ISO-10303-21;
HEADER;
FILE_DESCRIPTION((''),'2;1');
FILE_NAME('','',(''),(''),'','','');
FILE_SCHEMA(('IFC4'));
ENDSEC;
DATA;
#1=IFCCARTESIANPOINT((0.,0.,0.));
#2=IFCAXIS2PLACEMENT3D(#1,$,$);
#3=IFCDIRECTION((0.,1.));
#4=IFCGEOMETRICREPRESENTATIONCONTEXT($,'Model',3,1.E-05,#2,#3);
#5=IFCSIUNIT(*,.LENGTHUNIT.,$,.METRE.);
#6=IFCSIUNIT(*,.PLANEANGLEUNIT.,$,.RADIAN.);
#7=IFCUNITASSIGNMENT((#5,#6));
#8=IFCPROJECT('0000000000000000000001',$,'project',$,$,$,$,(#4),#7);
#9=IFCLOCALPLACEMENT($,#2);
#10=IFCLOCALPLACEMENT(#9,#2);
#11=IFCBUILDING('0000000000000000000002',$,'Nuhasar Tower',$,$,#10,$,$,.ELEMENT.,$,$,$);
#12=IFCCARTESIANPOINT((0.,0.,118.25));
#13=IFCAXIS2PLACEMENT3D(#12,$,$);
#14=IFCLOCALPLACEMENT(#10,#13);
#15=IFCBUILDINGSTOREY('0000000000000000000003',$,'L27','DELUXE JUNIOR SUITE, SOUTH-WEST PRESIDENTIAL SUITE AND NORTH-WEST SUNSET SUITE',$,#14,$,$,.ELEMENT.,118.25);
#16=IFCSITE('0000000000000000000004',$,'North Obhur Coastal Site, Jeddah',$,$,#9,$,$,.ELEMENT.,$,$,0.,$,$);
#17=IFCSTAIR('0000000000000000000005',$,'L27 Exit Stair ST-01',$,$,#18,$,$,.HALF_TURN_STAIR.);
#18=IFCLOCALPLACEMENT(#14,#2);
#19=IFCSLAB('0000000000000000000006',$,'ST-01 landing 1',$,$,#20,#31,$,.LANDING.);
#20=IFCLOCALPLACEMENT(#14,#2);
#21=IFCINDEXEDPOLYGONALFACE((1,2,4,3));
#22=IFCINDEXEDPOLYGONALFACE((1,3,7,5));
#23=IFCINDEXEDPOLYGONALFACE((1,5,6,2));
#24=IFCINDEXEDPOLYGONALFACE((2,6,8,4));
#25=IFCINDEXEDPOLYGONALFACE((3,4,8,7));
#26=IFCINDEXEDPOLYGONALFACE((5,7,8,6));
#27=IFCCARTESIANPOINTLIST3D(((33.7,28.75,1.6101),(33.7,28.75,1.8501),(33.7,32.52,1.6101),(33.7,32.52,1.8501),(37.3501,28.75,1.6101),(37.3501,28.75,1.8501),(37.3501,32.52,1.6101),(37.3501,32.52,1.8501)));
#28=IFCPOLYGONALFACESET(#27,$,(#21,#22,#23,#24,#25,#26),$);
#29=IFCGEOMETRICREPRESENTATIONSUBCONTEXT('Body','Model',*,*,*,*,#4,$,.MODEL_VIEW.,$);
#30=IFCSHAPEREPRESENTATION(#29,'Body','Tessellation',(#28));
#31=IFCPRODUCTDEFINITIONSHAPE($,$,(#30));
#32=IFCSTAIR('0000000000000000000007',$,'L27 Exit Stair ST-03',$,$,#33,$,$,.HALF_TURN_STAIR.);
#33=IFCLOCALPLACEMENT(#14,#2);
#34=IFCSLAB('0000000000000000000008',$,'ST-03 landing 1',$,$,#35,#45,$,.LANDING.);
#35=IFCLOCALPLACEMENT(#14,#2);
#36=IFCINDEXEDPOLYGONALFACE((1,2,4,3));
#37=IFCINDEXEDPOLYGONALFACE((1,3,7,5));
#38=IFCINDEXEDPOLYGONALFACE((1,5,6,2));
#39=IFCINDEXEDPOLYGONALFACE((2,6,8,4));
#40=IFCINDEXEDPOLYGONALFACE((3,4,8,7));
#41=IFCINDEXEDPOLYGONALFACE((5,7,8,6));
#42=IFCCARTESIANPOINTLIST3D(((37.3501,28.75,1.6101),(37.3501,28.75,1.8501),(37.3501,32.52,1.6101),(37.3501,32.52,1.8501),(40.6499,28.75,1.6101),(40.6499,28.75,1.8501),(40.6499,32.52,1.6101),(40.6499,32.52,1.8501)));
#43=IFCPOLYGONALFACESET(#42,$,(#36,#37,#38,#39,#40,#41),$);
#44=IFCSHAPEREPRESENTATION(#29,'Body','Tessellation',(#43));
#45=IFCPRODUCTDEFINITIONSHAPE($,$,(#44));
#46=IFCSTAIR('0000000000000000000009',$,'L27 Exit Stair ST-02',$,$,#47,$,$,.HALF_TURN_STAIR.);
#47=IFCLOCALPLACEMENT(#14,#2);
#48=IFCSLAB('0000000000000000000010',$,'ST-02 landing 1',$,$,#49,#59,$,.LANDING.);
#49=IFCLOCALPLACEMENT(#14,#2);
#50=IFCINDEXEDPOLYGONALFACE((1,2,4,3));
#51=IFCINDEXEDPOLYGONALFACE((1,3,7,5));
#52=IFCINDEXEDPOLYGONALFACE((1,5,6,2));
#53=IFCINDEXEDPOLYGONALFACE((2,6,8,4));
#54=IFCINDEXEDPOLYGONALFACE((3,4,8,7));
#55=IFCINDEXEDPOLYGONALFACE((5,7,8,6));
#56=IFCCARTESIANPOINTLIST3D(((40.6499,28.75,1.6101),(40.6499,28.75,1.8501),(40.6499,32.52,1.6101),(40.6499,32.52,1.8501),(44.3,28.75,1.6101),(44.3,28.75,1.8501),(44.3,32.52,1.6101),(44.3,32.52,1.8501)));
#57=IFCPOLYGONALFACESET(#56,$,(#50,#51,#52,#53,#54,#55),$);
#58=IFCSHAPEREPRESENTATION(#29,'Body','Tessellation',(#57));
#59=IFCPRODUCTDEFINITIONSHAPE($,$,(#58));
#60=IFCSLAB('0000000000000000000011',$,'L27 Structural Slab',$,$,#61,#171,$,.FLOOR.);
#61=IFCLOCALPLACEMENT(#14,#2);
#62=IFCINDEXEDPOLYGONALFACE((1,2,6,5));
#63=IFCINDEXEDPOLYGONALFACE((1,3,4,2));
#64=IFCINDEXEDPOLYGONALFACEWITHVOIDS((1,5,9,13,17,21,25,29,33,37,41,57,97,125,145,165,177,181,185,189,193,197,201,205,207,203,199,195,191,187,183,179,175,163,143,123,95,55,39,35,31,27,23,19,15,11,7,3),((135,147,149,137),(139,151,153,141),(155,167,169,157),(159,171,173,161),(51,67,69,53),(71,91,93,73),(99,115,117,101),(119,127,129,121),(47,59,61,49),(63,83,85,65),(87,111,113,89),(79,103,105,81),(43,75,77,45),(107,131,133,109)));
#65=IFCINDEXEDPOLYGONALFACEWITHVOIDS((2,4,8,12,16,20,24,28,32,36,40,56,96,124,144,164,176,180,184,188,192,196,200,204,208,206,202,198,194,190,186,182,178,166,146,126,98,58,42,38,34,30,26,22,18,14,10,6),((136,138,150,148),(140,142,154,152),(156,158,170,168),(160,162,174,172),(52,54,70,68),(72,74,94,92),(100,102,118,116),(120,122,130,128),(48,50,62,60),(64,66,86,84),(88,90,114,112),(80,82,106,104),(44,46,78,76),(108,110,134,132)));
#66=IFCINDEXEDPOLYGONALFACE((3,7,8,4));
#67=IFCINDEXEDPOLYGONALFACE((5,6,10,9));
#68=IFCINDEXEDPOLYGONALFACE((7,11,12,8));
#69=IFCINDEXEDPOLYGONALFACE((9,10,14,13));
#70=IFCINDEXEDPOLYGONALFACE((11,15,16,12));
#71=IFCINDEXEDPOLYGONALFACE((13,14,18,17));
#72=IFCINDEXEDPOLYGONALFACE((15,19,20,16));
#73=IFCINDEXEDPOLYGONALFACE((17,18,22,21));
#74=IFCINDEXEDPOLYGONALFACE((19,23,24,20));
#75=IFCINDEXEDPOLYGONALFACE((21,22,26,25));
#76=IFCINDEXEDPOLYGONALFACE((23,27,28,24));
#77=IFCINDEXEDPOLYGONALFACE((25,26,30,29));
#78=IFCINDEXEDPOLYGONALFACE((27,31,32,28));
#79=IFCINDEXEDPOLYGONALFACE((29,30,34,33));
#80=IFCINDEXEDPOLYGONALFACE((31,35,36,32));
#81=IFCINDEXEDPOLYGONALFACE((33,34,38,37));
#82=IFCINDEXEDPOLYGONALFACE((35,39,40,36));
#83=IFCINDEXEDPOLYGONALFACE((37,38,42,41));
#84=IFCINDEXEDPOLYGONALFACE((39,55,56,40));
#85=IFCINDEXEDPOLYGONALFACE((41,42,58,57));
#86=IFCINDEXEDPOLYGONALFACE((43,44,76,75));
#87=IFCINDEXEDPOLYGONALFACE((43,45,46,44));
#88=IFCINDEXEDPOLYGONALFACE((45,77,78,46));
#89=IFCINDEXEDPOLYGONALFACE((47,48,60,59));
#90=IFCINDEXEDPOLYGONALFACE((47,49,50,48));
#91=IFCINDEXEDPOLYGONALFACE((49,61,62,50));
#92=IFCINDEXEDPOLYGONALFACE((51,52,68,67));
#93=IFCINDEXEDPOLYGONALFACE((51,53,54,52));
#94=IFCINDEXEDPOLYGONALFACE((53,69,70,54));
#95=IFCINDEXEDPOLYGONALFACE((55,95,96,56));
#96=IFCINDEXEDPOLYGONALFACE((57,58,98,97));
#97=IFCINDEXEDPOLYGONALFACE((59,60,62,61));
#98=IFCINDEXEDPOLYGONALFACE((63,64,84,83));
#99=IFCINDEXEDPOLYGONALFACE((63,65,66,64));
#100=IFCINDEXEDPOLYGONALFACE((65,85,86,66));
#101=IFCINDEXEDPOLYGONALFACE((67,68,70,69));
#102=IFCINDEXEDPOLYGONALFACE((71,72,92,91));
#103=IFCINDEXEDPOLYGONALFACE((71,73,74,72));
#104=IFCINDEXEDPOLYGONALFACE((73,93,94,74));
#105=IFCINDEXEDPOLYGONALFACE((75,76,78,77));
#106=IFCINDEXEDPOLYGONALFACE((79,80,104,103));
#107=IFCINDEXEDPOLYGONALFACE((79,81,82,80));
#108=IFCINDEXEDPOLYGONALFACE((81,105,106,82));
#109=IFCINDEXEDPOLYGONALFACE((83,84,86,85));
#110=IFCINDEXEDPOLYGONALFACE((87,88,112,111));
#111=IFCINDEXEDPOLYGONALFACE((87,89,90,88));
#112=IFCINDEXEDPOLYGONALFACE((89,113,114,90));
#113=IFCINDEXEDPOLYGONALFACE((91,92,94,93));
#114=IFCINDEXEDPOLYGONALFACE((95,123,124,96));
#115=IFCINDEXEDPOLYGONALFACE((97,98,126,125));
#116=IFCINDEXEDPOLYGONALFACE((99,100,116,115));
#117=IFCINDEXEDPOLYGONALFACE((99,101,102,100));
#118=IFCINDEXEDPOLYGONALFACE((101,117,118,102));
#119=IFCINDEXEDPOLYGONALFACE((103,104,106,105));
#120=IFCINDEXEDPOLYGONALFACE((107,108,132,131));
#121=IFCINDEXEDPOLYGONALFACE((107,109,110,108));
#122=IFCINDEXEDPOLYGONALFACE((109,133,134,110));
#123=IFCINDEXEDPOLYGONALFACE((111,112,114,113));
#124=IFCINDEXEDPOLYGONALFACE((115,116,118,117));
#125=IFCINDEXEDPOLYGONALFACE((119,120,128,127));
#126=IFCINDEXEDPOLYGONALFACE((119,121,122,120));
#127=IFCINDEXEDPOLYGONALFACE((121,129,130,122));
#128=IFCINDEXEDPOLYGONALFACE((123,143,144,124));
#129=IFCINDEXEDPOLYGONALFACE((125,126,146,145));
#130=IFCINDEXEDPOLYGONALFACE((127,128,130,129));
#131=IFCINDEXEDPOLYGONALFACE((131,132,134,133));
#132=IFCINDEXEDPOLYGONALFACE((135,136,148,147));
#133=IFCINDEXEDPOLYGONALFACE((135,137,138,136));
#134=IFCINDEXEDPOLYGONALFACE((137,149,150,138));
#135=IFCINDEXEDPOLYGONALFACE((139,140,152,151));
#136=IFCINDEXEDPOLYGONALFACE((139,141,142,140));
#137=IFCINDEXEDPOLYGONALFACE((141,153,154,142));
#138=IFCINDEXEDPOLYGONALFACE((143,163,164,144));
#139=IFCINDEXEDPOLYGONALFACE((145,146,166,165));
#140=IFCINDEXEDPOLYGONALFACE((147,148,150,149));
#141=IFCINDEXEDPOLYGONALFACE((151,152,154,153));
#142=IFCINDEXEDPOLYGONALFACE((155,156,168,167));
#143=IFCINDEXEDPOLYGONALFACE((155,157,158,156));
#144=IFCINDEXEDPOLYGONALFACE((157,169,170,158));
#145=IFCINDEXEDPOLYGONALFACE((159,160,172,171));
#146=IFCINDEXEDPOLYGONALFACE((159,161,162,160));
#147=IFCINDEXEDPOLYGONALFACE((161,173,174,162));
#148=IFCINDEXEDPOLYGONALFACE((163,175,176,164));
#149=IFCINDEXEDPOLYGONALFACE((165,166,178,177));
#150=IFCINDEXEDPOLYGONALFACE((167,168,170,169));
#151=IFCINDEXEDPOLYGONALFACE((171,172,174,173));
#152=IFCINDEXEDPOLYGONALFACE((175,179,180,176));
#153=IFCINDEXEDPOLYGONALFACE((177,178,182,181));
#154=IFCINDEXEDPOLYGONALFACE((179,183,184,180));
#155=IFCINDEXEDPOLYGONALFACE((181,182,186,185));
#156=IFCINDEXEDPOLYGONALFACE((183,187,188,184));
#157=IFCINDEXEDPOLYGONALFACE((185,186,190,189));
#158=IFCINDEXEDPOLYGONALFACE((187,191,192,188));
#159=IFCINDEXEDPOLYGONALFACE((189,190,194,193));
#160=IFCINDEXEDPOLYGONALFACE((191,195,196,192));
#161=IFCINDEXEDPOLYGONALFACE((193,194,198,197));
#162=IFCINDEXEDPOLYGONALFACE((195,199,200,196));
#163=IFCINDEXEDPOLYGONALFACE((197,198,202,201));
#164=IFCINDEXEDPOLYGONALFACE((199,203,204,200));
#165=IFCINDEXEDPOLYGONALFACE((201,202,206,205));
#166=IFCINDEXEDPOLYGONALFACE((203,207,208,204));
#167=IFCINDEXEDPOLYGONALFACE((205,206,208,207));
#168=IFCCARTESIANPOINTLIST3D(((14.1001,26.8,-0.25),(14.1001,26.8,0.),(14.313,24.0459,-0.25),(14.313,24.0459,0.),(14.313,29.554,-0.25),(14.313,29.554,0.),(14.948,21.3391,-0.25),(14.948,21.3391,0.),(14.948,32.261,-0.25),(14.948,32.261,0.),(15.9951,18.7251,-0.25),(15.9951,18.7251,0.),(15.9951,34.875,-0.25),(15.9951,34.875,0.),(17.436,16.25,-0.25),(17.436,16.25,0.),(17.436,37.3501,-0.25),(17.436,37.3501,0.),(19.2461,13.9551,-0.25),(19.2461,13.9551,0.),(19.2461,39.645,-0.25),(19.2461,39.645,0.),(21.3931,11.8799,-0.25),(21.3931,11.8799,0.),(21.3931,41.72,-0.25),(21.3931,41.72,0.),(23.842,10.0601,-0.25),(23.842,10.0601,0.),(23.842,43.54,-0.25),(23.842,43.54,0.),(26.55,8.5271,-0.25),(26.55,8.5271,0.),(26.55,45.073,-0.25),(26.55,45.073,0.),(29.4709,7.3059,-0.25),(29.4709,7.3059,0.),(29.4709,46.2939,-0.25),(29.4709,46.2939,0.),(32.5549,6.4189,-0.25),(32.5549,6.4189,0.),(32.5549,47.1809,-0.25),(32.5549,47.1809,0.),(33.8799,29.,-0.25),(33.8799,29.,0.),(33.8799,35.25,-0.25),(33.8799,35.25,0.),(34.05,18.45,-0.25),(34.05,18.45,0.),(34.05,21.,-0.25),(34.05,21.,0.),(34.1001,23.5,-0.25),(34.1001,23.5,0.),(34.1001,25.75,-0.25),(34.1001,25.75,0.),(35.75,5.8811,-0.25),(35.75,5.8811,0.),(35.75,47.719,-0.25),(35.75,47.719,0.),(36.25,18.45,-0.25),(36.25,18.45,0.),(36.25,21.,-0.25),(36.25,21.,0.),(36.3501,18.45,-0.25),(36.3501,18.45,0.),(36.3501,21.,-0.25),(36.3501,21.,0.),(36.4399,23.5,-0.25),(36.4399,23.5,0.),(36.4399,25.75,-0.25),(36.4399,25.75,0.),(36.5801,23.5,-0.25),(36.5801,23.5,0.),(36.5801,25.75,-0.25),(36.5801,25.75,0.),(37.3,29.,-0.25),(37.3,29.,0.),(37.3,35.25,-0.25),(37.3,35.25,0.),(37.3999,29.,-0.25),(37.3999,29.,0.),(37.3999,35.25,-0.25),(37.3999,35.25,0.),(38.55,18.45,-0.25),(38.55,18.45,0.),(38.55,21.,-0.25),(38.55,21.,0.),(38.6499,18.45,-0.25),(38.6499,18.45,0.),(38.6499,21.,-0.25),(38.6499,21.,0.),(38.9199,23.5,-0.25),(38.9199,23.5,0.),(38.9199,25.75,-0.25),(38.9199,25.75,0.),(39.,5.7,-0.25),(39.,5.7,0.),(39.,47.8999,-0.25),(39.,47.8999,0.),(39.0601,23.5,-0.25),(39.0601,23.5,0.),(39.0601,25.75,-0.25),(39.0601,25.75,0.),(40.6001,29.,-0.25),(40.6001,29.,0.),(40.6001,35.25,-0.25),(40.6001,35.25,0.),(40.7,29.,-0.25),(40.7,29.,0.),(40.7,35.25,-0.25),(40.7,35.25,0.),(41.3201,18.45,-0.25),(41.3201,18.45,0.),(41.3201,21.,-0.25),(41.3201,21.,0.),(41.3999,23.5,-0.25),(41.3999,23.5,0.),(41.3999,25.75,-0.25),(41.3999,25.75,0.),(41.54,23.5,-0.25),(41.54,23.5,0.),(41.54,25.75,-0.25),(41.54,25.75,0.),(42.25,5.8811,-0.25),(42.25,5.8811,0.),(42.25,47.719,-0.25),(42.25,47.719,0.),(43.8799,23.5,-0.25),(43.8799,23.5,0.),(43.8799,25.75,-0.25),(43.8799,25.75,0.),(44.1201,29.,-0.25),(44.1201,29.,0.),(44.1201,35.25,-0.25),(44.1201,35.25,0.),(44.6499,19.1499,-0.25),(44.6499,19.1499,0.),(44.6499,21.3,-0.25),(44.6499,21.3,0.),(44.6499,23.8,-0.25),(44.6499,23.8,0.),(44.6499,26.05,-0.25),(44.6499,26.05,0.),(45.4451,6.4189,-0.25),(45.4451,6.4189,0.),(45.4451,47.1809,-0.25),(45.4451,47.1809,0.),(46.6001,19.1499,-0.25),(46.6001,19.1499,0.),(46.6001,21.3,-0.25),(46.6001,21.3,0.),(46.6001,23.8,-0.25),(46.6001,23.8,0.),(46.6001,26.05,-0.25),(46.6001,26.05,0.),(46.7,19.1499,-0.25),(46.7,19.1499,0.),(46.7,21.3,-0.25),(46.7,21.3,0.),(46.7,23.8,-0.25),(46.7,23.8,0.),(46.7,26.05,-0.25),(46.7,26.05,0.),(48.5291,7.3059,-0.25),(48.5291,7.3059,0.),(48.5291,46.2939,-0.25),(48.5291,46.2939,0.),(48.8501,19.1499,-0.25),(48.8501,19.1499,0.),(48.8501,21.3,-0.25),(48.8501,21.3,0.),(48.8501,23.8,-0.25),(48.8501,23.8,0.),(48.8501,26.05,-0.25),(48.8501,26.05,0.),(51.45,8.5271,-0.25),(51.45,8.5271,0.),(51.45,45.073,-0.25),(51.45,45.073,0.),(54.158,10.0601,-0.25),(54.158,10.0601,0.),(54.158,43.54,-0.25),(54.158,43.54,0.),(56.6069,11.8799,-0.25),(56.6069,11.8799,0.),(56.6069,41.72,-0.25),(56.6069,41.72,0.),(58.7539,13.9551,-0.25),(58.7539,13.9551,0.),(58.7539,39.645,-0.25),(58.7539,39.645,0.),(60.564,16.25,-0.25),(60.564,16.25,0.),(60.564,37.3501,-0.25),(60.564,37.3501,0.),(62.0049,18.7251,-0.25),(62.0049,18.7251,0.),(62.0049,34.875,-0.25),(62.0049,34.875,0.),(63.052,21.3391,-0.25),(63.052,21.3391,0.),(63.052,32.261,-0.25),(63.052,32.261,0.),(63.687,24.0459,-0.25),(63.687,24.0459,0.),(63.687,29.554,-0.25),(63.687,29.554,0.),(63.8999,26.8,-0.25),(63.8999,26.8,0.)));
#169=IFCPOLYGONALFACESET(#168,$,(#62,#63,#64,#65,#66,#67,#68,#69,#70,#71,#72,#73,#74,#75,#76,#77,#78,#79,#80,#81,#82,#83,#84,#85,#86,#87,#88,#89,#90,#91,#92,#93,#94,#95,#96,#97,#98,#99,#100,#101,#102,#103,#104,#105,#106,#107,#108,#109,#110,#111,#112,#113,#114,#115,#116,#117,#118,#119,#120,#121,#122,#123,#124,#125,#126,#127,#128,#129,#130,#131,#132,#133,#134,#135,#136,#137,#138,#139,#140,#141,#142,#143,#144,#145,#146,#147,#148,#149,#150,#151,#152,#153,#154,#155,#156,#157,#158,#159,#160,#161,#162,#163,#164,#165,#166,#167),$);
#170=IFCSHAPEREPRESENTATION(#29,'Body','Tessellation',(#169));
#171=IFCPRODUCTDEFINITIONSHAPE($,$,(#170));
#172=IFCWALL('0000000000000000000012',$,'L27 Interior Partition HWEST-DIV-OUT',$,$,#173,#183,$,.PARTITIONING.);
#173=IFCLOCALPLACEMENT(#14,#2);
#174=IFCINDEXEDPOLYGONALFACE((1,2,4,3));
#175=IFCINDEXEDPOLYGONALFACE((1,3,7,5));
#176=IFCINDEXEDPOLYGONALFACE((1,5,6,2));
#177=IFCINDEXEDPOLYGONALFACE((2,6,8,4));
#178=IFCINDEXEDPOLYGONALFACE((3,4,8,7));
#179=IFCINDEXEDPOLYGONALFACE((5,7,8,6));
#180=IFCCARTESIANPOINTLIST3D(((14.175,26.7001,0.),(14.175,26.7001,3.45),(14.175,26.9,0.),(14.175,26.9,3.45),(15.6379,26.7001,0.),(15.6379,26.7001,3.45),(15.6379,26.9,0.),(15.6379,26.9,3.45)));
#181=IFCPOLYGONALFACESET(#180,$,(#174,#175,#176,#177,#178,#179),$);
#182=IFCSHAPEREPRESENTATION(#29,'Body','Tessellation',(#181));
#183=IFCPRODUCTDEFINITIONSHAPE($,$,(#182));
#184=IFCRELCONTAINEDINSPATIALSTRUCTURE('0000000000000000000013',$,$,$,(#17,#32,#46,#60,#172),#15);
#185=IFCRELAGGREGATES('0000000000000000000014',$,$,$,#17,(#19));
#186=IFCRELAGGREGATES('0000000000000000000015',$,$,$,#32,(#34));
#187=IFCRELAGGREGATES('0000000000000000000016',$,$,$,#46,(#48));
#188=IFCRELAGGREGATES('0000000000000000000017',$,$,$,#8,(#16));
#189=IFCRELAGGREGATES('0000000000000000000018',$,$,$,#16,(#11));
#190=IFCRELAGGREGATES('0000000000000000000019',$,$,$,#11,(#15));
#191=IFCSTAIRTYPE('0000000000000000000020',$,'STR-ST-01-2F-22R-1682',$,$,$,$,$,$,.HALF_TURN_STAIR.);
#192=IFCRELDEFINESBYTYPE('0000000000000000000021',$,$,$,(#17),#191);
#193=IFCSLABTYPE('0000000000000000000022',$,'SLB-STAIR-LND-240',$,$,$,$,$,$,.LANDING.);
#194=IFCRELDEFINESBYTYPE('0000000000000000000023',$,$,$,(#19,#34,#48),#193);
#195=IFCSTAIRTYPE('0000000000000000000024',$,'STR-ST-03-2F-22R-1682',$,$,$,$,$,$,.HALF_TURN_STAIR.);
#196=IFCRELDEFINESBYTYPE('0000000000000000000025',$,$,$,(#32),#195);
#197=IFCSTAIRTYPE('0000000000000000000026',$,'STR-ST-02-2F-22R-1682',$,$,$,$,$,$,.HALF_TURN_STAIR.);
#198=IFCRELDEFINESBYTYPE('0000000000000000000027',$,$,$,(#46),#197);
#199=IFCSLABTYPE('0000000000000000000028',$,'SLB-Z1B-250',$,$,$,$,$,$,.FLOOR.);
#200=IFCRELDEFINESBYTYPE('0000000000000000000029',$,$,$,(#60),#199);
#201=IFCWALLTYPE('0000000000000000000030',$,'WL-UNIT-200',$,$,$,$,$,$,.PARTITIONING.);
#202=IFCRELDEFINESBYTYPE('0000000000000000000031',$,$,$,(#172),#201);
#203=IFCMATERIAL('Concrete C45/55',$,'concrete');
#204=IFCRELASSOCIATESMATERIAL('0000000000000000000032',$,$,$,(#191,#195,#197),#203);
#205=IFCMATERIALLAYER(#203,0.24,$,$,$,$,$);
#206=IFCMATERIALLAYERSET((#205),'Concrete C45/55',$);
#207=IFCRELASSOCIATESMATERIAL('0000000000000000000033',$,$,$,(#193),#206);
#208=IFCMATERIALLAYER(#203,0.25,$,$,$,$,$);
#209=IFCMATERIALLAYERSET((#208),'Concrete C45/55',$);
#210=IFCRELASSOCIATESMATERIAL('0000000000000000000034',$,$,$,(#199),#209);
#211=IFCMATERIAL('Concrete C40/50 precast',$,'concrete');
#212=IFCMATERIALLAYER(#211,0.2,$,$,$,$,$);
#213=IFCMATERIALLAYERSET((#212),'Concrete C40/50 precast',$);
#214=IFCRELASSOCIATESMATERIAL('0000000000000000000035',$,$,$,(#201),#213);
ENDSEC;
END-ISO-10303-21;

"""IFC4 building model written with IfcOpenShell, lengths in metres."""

from ifc_helpers import new_model, si_unit, direction, frame, frame_2d, origin, place, context, subcontext, project, spatial, polyline, rectangle, outline, extrude, material, layer, layer_set, type_object, element, aggregate, save


model = new_model("IFC4")

# Units and contexts
model_context = context("Model", 3, precision=1e-05, world=origin(), true_north=direction((0.0, 1.0)))
body_context = subcontext(model_context, "Body", "Model", "MODEL_VIEW")
ifc_project = project(units=[si_unit("LENGTHUNIT", "METRE"), si_unit("PLANEANGLEUNIT", "RADIAN")], contexts=[model_context])

# Site, building, storey
site_placement = place(None, origin())
site = spatial("IfcSite", under=ifc_project, at=site_placement, Name="North Obhur Coastal Site, Jeddah", CompositionType="ELEMENT", RefElevation=0.0)
building_placement = place(site_placement, origin())
building = spatial("IfcBuilding", under=site, at=building_placement, Name="Nuhasar Tower", CompositionType="ELEMENT")
storey_placement = place(building_placement, frame((0.0, 0.0, 118.25)))
storey = spatial("IfcBuildingStorey", under=building, at=storey_placement, Name="L27", Description="DELUXE JUNIOR SUITE, SOUTH-WEST PRESIDENTIAL SUITE AND NORTH-WEST SUNSET SUITE", CompositionType="ELEMENT", Elevation=118.25)

# Stairs, slabs
ifc_material_1 = material(Name="Concrete C45/55", Category="concrete")
stair_type_1 = type_object("IfcStairType", Name="STR-ST-01-2F-22R-1682", PredefinedType="HALF_TURN_STAIR", material=ifc_material_1)
stair_1_placement = place(storey_placement, origin())
stair_1 = element("IfcStair", 1, at=stair_1_placement, inside=storey, type_object=stair_type_1, Name="L27 Exit Stair ST-01", PredefinedType="HALF_TURN_STAIR")
ifc_layer_1 = layer(ifc_material_1, 0.24)
ifc_layer_set_1 = layer_set([ifc_layer_1], Name="Concrete C45/55")
slab_type_1 = type_object("IfcSlabType", Name="SLB-STAIR-LND-240", PredefinedType="LANDING", material=ifc_layer_set_1)
slab_1_placement = place(storey_placement, frame((0.0, 0.0, 1.6101)))
slab_1 = element("IfcSlab", 2, at=slab_1_placement, type_object=slab_type_1, Name="ST-01 landing 1", PredefinedType="LANDING", context=body_context, shape_type="SweptSolid", body=[
    extrude(outline(polyline([(33.7, 28.75), (37.3501, 28.75), (37.3501, 32.52), (33.7, 32.52), (33.7, 28.75)])), origin(), (0.0, 0.0, 1.0), 0.24),
])
aggregate(stair_1, [slab_1])
stair_type_2 = type_object("IfcStairType", Name="STR-ST-03-2F-22R-1682", PredefinedType="HALF_TURN_STAIR", material=ifc_material_1)
stair_2_placement = place(storey_placement, origin())
stair_2 = element("IfcStair", 3, at=stair_2_placement, inside=storey, type_object=stair_type_2, Name="L27 Exit Stair ST-03", PredefinedType="HALF_TURN_STAIR")
slab_2_placement = place(storey_placement, frame((0.0, 0.0, 1.6101)))
slab_2 = element("IfcSlab", 4, at=slab_2_placement, type_object=slab_type_1, Name="ST-03 landing 1", PredefinedType="LANDING", context=body_context, shape_type="SweptSolid", body=[
    extrude(outline(polyline([(37.3501, 28.75), (40.6499, 28.75), (40.6499, 32.52), (37.3501, 32.52), (37.3501, 28.75)])), origin(), (0.0, 0.0, 1.0), 0.24),
])
aggregate(stair_2, [slab_2])
stair_type_3 = type_object("IfcStairType", Name="STR-ST-02-2F-22R-1682", PredefinedType="HALF_TURN_STAIR", material=ifc_material_1)
stair_3_placement = place(storey_placement, origin())
stair_3 = element("IfcStair", 5, at=stair_3_placement, inside=storey, type_object=stair_type_3, Name="L27 Exit Stair ST-02", PredefinedType="HALF_TURN_STAIR")
slab_3_placement = place(storey_placement, frame((0.0, 0.0, 1.6101)))
slab_3 = element("IfcSlab", 6, at=slab_3_placement, type_object=slab_type_1, Name="ST-02 landing 1", PredefinedType="LANDING", context=body_context, shape_type="SweptSolid", body=[
    extrude(outline(polyline([(40.6499, 28.75), (44.3, 28.75), (44.3, 32.52), (40.6499, 32.52), (40.6499, 28.75)])), origin(), (0.0, 0.0, 1.0), 0.24),
])
aggregate(stair_3, [slab_3])

# Slab
ifc_layer_2 = layer(ifc_material_1, 0.25)
ifc_layer_set_2 = layer_set([ifc_layer_2], Name="Concrete C45/55")
slab_type_2 = type_object("IfcSlabType", Name="SLB-Z1B-250", PredefinedType="FLOOR", material=ifc_layer_set_2)
slab_4_placement = place(storey_placement, frame((0.0, 0.0, -0.25)))
element("IfcSlab", 7, at=slab_4_placement, inside=storey, type_object=slab_type_2, Name="L27 Structural Slab", PredefinedType="FLOOR", context=body_context, shape_type="SweptSolid", body=[
    extrude(outline(polyline([(63.8999, 26.8), (63.687, 29.554), (63.052, 32.261), (62.0049, 34.875), (60.564, 37.3501), (58.7539, 39.645), (56.6069, 41.72), (54.158, 43.54), (51.45, 45.073), (48.5291, 46.2939), (45.4451, 47.1809), (42.25, 47.719), (39.0, 47.8999), (35.75, 47.719), (32.5549, 47.1809), (29.4709, 46.2939), (26.55, 45.073), (23.842, 43.54), (21.3931, 41.72), (19.2461, 39.645), (17.436, 37.3501), (15.9951, 34.875), (14.948, 32.261), (14.313, 29.554), (14.1001, 26.8), (14.313, 24.0459), (14.948, 21.3391), (15.9951, 18.7251), (17.436, 16.25), (19.2461, 13.9551), (21.3931, 11.8799), (23.842, 10.0601), (26.55, 8.5271), (29.4709, 7.3059), (32.5549, 6.4189), (35.75, 5.8811), (39.0, 5.7), (42.25, 5.8811), (45.4451, 6.4189), (48.5291, 7.3059), (51.45, 8.5271), (54.158, 10.0601), (56.6069, 11.8799), (58.7539, 13.9551), (60.564, 16.25), (62.0049, 18.7251), (63.052, 21.3391), (63.687, 24.0459), (63.8999, 26.8)]), holes=[polyline([(33.8799, 35.25), (37.3, 35.25), (37.3, 29.0), (33.8799, 29.0), (33.8799, 35.25)]), polyline([(37.3999, 35.25), (40.6001, 35.25), (40.6001, 29.0), (37.3999, 29.0), (37.3999, 35.25)]), polyline([(40.7, 35.25), (44.1201, 35.25), (44.1201, 29.0), (40.7, 29.0), (40.7, 35.25)]), polyline([(44.6499, 26.05), (46.6001, 26.05), (46.6001, 23.8), (44.6499, 23.8), (44.6499, 26.05)]), polyline([(46.7, 26.05), (48.8501, 26.05), (48.8501, 23.8), (46.7, 23.8), (46.7, 26.05)]), polyline([(44.6499, 21.3), (46.6001, 21.3), (46.6001, 19.1499), (44.6499, 19.1499), (44.6499, 21.3)]), polyline([(46.7, 21.3), (48.8501, 21.3), (48.8501, 19.1499), (46.7, 19.1499), (46.7, 21.3)]), polyline([(34.1001, 25.75), (36.4399, 25.75), (36.4399, 23.5), (34.1001, 23.5), (34.1001, 25.75)]), polyline([(36.5801, 25.75), (38.9199, 25.75), (38.9199, 23.5), (36.5801, 23.5), (36.5801, 25.75)]), polyline([(39.0601, 25.75), (41.3999, 25.75), (41.3999, 23.5), (39.0601, 23.5), (39.0601, 25.75)]), polyline([(41.54, 25.75), (43.8799, 25.75), (43.8799, 23.5), (41.54, 23.5), (41.54, 25.75)]), polyline([(34.05, 21.0), (36.25, 21.0), (36.25, 18.45), (34.05, 18.45), (34.05, 21.0)]), polyline([(36.3501, 21.0), (38.55, 21.0), (38.55, 18.45), (36.3501, 18.45), (36.3501, 21.0)]), polyline([(38.6499, 21.0), (41.3201, 21.0), (41.3201, 18.45), (38.6499, 18.45), (38.6499, 21.0)])]), origin(), (0.0, 0.0, 1.0), 0.25),
])

# Wall
ifc_material_2 = material(Name="Concrete C40/50 precast", Category="concrete")
ifc_layer_3 = layer(ifc_material_2, 0.2)
ifc_layer_set_3 = layer_set([ifc_layer_3], Name="Concrete C40/50 precast")
wall_type = type_object("IfcWallType", Name="WL-UNIT-200", PredefinedType="PARTITIONING", material=ifc_layer_set_3)
wall_placement = place(storey_placement, frame((15.6379, 26.8, 0.0), z_axis=(0.0, 0.0, 1.0), x_axis=(-1.0, 0.0, 0.0)))
element("IfcWall", 8, at=wall_placement, inside=storey, type_object=wall_type, Name="L27 Interior Partition HWEST-DIV-OUT", PredefinedType="PARTITIONING", context=body_context, shape_type="SweptSolid", body=[
    extrude(rectangle(XDim=1.4629, YDim=0.2, at=frame_2d((0.7314, 0.0))), origin(), (0.0, 0.0, 1.0), 3.45),
])

save(model, "model.ifc")
